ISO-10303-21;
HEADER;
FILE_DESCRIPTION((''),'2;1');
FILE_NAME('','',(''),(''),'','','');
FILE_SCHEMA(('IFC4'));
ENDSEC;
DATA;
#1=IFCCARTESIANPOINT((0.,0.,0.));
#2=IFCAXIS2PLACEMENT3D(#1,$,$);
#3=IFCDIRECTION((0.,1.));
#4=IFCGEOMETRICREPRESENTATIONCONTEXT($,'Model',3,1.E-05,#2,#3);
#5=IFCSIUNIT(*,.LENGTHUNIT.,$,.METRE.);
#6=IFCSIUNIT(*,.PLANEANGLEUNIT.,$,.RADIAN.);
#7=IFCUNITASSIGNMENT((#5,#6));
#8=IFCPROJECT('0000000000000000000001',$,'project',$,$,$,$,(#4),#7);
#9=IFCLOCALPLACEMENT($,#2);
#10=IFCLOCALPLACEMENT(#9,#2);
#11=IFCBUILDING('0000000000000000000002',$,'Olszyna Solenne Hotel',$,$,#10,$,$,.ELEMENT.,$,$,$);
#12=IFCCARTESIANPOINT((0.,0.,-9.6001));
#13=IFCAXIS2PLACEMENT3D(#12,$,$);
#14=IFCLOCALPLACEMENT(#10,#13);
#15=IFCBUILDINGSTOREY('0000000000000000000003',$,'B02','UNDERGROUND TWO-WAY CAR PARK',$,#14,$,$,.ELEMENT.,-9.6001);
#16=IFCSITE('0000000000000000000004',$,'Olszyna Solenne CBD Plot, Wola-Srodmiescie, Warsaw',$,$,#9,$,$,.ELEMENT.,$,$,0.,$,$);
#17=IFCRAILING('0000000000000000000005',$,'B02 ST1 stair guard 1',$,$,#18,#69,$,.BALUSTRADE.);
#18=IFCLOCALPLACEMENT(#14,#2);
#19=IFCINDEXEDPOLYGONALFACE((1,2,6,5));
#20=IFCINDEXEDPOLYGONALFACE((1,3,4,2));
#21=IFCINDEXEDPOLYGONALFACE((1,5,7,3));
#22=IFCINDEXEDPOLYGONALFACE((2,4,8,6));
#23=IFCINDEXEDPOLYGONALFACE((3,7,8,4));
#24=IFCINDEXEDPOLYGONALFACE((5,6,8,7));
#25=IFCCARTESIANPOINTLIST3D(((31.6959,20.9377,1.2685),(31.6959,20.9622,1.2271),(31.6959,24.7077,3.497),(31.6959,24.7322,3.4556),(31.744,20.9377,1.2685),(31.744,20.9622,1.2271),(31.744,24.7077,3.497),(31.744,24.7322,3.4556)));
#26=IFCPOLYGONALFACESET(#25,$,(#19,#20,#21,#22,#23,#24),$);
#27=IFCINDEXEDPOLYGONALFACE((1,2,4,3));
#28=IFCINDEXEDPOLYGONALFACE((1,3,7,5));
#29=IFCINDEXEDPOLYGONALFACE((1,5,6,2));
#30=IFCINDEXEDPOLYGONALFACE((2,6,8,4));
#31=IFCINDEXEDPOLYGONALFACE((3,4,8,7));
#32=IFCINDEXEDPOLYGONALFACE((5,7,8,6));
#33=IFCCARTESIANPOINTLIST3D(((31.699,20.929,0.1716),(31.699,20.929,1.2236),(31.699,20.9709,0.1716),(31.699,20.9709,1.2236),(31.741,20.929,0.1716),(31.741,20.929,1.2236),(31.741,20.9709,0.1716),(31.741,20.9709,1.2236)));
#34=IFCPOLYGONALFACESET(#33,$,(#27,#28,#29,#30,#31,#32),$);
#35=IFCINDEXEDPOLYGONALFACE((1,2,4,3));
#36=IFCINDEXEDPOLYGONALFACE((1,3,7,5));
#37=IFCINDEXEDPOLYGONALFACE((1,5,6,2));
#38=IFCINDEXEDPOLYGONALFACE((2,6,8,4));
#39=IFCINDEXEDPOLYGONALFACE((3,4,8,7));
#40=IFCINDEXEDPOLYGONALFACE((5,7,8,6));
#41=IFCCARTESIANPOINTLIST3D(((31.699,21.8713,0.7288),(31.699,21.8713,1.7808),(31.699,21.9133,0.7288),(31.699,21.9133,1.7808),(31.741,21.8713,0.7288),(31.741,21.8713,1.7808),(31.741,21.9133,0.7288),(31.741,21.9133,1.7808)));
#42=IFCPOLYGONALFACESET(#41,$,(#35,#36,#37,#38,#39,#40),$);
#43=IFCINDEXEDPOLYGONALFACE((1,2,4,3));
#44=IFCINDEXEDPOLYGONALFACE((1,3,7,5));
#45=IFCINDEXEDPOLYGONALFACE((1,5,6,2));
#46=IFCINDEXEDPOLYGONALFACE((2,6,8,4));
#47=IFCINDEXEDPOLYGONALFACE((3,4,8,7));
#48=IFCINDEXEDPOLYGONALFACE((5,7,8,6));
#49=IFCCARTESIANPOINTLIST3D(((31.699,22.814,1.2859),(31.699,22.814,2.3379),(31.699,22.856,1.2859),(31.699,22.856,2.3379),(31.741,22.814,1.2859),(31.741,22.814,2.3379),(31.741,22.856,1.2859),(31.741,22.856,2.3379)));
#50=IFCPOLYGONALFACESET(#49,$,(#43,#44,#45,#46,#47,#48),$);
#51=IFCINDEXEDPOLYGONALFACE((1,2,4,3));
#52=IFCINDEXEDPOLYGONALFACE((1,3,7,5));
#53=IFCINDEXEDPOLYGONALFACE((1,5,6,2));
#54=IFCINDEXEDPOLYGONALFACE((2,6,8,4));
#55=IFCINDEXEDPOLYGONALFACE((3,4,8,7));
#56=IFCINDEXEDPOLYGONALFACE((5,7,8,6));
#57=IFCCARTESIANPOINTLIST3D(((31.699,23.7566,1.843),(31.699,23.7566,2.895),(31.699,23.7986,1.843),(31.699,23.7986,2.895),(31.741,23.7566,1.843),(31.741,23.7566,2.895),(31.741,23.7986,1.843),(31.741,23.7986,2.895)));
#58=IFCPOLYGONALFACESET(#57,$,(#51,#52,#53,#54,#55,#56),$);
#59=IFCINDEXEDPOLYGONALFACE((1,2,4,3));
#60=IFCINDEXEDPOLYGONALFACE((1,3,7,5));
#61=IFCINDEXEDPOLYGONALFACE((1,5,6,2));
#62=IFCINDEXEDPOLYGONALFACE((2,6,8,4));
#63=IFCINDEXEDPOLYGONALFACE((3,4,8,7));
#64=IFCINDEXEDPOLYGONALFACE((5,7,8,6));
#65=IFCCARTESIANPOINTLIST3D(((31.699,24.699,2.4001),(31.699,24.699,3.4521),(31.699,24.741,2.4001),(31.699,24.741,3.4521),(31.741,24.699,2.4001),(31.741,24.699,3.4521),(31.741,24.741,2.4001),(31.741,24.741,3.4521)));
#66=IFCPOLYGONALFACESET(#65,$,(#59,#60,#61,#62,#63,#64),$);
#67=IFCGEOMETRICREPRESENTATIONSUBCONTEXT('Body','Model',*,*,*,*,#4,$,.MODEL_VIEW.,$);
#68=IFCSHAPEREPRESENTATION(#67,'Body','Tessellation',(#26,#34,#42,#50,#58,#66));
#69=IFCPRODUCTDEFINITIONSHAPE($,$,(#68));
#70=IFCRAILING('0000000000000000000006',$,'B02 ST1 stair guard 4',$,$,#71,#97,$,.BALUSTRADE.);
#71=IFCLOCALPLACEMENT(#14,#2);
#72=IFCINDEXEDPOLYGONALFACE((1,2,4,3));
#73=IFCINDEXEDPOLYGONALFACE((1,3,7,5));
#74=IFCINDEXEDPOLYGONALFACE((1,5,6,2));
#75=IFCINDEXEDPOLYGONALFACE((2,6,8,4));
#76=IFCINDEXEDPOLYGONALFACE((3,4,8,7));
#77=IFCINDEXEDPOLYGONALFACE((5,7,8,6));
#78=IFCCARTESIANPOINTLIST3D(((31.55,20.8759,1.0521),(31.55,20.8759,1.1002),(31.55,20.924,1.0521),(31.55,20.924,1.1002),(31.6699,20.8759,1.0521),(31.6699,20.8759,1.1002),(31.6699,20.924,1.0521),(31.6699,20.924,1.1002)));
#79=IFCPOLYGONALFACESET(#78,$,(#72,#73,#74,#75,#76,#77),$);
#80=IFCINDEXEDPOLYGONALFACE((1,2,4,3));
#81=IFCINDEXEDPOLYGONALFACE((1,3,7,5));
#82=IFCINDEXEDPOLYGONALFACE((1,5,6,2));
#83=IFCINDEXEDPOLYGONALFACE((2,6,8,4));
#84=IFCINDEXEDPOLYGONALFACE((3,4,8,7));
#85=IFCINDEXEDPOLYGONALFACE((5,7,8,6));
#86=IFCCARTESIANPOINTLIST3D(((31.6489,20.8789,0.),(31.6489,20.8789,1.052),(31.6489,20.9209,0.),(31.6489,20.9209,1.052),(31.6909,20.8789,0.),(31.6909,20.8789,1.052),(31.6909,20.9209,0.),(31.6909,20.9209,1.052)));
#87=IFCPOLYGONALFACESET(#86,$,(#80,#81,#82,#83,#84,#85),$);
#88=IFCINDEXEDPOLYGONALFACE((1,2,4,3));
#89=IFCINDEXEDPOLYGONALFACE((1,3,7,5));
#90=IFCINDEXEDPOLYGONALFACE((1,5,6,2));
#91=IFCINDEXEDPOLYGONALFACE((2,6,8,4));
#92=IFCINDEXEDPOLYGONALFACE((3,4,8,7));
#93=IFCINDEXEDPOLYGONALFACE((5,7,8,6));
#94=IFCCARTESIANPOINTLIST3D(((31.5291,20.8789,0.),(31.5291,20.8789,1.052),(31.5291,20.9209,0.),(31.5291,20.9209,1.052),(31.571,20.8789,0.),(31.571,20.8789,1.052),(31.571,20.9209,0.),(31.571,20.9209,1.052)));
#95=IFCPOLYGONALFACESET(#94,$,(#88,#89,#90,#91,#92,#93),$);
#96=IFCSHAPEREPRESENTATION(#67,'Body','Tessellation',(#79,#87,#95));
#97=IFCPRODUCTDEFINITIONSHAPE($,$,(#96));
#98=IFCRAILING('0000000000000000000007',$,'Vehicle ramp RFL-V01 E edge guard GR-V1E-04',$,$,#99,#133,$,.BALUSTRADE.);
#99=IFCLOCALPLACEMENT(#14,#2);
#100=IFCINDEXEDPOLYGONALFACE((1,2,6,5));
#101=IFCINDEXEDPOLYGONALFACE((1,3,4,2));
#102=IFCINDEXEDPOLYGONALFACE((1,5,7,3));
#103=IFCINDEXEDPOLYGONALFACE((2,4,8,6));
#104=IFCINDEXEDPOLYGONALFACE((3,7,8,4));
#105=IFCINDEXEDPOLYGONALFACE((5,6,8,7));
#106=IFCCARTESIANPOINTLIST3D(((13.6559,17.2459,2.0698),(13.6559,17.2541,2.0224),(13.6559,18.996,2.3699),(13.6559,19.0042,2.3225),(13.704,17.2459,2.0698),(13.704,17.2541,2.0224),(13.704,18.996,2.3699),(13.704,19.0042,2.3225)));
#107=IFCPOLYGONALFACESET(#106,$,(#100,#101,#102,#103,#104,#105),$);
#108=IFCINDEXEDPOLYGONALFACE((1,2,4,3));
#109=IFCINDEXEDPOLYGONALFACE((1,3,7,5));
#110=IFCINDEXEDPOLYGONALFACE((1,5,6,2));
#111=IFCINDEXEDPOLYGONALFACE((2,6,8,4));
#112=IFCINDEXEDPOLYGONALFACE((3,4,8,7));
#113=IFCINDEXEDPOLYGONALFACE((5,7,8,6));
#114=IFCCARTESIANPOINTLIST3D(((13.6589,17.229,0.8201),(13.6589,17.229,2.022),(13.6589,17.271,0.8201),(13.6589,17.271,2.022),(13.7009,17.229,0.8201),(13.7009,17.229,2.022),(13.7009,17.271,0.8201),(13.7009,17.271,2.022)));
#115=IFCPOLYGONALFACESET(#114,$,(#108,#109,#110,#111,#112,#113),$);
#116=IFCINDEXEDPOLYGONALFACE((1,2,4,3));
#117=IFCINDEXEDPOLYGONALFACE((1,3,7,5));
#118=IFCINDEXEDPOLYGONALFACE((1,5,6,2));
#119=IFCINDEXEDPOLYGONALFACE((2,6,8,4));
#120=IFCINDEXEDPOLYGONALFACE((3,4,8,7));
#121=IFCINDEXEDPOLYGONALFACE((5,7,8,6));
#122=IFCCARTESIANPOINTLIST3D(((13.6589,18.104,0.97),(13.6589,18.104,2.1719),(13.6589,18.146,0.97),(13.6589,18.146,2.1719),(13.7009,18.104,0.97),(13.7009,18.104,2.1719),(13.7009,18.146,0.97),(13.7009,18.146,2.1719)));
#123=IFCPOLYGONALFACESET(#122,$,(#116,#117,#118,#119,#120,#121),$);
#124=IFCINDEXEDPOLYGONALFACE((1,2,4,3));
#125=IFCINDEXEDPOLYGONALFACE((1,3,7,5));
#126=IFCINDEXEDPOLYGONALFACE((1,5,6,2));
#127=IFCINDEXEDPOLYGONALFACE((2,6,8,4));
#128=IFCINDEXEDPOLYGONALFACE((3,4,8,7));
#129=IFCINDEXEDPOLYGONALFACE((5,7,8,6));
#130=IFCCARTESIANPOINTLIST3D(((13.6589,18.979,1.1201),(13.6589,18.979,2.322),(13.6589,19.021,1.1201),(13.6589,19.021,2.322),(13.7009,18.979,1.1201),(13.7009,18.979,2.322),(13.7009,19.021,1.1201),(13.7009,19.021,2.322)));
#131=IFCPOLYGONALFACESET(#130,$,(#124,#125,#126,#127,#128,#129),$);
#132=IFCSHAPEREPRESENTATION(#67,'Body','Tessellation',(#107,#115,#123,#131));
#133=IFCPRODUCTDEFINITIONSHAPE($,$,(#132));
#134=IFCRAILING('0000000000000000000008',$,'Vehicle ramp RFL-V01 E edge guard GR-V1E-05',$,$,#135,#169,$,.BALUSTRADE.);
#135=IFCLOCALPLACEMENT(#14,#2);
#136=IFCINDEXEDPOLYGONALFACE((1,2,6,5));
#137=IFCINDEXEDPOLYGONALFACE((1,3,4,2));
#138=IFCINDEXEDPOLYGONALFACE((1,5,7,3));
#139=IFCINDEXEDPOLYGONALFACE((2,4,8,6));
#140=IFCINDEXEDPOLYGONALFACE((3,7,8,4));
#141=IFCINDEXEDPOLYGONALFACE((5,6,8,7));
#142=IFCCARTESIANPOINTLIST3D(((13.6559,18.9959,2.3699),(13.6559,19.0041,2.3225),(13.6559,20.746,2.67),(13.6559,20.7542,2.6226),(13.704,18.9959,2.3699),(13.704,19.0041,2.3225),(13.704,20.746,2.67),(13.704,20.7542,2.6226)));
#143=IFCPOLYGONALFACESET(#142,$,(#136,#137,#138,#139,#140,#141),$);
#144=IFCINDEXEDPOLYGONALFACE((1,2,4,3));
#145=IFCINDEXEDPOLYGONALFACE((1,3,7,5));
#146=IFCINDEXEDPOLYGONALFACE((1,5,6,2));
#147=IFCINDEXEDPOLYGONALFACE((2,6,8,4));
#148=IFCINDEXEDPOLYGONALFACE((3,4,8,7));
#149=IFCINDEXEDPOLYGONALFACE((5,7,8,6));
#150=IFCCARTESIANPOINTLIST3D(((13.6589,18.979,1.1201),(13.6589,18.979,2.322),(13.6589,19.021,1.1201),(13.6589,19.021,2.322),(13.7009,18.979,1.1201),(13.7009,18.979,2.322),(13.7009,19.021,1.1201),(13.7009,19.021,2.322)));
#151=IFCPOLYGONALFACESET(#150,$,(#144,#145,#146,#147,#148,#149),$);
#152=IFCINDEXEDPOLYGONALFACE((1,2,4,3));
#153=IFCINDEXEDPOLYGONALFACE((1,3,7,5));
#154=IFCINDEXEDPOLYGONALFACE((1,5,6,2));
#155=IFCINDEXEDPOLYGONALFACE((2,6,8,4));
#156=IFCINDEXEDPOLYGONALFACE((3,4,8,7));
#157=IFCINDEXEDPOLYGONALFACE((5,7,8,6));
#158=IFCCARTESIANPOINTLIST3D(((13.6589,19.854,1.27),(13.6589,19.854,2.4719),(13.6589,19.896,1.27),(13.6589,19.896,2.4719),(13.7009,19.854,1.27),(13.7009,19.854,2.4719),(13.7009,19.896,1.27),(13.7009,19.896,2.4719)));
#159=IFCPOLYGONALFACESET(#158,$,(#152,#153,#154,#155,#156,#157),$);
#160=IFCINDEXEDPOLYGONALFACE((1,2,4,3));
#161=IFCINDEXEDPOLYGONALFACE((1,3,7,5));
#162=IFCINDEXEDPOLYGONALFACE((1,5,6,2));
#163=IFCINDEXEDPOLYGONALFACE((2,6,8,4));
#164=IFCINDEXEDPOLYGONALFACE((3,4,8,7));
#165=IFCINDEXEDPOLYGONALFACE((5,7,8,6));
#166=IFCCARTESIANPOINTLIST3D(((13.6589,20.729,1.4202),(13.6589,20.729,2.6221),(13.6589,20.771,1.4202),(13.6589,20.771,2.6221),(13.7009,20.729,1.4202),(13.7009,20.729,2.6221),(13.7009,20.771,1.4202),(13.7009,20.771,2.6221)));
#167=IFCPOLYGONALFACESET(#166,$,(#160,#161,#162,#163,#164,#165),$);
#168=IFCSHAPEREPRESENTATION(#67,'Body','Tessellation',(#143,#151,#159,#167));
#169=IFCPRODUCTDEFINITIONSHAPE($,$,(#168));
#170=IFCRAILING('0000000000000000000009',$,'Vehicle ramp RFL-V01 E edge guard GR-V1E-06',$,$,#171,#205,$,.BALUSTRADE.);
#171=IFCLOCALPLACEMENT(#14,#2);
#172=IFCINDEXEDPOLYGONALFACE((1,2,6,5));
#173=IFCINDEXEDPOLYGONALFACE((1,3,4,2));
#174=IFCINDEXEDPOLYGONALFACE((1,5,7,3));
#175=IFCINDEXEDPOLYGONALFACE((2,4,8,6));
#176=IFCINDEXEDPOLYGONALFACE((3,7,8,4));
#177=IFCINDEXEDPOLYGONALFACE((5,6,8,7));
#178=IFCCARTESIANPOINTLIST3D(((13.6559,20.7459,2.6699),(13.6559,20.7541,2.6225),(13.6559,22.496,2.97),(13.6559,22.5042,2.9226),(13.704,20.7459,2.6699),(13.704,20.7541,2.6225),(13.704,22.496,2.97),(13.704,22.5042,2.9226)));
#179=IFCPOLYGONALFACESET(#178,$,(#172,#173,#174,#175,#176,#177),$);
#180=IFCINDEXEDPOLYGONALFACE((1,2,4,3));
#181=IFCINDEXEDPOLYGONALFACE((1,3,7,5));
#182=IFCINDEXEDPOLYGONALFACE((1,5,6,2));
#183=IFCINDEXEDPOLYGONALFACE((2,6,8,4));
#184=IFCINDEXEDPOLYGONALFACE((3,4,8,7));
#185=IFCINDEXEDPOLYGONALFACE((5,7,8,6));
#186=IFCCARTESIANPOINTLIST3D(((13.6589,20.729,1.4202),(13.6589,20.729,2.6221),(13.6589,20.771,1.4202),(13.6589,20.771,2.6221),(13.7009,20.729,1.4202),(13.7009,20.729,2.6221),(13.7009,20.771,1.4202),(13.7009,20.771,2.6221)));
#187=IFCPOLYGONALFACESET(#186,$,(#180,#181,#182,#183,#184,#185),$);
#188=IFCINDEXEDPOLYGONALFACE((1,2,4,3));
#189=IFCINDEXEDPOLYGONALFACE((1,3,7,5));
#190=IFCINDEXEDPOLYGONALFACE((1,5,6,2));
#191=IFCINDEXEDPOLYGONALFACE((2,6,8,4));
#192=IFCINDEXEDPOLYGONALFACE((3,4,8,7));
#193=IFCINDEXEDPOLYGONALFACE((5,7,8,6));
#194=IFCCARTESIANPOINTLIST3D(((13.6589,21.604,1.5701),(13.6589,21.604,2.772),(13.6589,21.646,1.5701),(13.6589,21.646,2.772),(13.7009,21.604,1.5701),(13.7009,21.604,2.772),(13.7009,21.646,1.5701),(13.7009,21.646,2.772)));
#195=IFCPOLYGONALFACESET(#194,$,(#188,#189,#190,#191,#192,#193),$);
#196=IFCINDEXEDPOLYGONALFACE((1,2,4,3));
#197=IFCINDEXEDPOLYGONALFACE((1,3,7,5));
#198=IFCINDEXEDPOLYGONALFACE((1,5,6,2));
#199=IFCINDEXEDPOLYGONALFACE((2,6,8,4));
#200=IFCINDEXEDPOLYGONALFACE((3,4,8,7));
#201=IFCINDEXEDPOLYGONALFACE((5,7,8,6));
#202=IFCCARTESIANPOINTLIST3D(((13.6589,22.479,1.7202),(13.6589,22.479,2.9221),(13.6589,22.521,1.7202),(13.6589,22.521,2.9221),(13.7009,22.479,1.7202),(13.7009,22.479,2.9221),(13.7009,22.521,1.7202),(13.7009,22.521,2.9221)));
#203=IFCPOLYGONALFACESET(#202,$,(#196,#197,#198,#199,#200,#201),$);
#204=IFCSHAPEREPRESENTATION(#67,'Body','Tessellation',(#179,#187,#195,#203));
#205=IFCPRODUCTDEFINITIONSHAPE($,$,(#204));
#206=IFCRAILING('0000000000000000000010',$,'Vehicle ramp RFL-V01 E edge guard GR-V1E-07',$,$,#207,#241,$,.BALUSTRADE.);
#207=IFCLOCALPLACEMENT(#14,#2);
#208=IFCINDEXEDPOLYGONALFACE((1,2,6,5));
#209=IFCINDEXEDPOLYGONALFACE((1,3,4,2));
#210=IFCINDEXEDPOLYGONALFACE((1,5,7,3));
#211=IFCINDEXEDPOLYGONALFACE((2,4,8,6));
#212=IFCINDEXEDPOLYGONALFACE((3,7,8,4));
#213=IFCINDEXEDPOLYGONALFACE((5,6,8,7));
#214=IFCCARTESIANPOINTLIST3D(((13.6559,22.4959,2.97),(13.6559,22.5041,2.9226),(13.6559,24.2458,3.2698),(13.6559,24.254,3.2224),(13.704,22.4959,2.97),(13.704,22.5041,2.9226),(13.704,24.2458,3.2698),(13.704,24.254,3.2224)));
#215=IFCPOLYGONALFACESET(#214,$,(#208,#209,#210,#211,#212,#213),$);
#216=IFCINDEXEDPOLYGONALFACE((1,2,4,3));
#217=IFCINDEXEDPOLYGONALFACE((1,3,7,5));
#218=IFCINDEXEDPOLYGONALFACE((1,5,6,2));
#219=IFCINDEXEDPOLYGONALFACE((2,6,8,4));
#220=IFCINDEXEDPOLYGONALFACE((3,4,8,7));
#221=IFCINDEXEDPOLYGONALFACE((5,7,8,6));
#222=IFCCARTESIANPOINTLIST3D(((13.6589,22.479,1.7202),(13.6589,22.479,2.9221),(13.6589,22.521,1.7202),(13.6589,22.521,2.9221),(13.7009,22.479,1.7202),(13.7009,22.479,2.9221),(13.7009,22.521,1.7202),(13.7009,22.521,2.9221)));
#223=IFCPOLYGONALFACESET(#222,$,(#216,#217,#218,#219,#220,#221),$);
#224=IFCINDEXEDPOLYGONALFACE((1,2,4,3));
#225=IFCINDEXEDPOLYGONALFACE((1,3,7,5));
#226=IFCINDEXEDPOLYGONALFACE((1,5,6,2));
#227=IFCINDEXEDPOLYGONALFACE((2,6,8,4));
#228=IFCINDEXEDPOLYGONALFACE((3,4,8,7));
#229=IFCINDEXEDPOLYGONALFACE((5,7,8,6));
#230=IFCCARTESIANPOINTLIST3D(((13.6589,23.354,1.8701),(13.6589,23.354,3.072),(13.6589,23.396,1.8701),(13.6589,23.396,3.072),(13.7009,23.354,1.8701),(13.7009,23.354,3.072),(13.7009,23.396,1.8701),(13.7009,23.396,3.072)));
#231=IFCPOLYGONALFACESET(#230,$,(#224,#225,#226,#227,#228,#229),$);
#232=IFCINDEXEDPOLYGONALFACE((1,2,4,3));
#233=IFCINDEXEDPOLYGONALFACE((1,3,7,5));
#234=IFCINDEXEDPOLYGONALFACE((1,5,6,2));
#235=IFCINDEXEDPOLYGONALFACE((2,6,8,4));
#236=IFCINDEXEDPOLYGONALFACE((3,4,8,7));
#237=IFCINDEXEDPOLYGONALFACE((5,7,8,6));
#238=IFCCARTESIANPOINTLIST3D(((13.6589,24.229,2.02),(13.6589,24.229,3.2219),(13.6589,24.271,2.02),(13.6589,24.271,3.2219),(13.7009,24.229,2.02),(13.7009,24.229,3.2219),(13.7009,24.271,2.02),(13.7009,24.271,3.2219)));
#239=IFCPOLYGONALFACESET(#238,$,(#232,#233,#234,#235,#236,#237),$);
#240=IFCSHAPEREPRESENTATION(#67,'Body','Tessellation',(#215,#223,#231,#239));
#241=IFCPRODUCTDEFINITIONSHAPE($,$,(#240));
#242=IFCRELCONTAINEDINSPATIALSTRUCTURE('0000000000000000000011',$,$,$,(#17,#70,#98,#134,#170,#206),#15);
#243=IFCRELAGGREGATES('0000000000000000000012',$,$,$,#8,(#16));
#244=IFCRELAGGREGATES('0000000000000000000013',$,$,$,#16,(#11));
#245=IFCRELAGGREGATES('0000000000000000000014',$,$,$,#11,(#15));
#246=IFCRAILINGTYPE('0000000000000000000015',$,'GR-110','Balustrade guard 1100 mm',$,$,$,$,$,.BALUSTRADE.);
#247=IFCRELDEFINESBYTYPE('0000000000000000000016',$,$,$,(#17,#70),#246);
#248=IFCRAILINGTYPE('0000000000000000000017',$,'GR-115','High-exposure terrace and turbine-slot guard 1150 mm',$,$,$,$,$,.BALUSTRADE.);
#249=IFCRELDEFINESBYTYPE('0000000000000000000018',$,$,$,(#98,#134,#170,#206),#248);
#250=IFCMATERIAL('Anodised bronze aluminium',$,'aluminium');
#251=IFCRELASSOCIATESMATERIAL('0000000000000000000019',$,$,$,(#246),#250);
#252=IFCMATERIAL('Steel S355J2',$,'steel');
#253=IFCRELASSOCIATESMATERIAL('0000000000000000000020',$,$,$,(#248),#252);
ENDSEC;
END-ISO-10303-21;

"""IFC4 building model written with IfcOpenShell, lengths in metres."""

from ifc_helpers import new_model, si_unit, direction, frame, origin, origin_2d, place, context, subcontext, project, spatial, rectangle, extrude, material, type_object, element, save


model = new_model("IFC4")

# Units and contexts
model_context = context("Model", 3, precision=1e-05, world=origin(), true_north=direction((0.0, 1.0)))
body_context = subcontext(model_context, "Body", "Model", "MODEL_VIEW")
ifc_project = project(units=[si_unit("LENGTHUNIT", "METRE"), si_unit("PLANEANGLEUNIT", "RADIAN")], contexts=[model_context])

# Site, building, storey
site_placement = place(None, origin())
site = spatial("IfcSite", under=ifc_project, at=site_placement, Name="Olszyna Solenne CBD Plot, Wola-Srodmiescie, Warsaw", CompositionType="ELEMENT", RefElevation=0.0)
building_placement = place(site_placement, origin())
building = spatial("IfcBuilding", under=site, at=building_placement, Name="Olszyna Solenne Hotel", CompositionType="ELEMENT")
storey_placement = place(building_placement, frame((0.0, 0.0, -9.6001)))
storey = spatial("IfcBuildingStorey", under=building, at=storey_placement, Name="B02", Description="UNDERGROUND TWO-WAY CAR PARK", CompositionType="ELEMENT", Elevation=-9.6001)

# Shared definitions
ifc_material_1 = material(Name="Steel S355J2", Category="steel")

# Railings
ifc_material_2 = material(Name="Anodised bronze aluminium", Category="aluminium")
railing_type_1 = type_object("IfcRailingType", Name="GR-110", Description="Balustrade guard 1100 mm", PredefinedType="BALUSTRADE", material=ifc_material_2)
railing_1_placement = place(storey_placement, frame((31.72, 20.95, 0.1716)))
element("IfcRailing", 1, at=railing_1_placement, inside=storey, type_object=railing_type_1, Name="B02 ST1 stair guard 1", PredefinedType="BALUSTRADE", context=body_context, shape_type="SweptSolid", body=[
    extrude(rectangle(XDim=0.0481, YDim=0.0481, at=origin_2d()), frame((0.0, 0.0, 1.0762), z_axis=(0.0, 0.860849, 0.508861), x_axis=(-1.0, 0.0, 0.0)), (0.0, 0.0, 1.0), 4.3794),
    extrude(rectangle(XDim=0.042, YDim=0.042, at=origin_2d()), origin(), (0.0, 0.0, 1.0), 1.052),
    extrude(rectangle(XDim=0.042, YDim=0.042, at=origin_2d()), frame((0.0, 0.9424, 0.5571)), (0.0, 0.0, 1.0), 1.052),
    extrude(rectangle(XDim=0.042, YDim=0.042, at=origin_2d()), frame((0.0, 1.885, 1.1143)), (0.0, 0.0, 1.0), 1.052),
    extrude(rectangle(XDim=0.042, YDim=0.042, at=origin_2d()), frame((0.0, 2.8276, 1.6714)), (0.0, 0.0, 1.0), 1.052),
    extrude(rectangle(XDim=0.042, YDim=0.042, at=origin_2d()), frame((0.0, 3.77, 2.2285)), (0.0, 0.0, 1.0), 1.052),
])
railing_2_placement = place(storey_placement, frame((31.6699, 20.8999, 0.0)))
element("IfcRailing", 2, at=railing_2_placement, inside=storey, type_object=railing_type_1, Name="B02 ST1 stair guard 4", PredefinedType="BALUSTRADE", context=body_context, shape_type="SweptSolid", body=[
    extrude(rectangle(XDim=0.0481, YDim=0.0481, at=origin_2d()), frame((0.0, 0.0, 1.0762), z_axis=(-1.0, 0.0, 0.0), x_axis=(0.0, -1.0, 0.0)), (0.0, 0.0, 1.0), 0.1199),
    extrude(rectangle(XDim=0.042, YDim=0.042, at=origin_2d()), origin(), (0.0, 0.0, 1.0), 1.052),
    extrude(rectangle(XDim=0.042, YDim=0.042, at=origin_2d()), frame((-0.1199, 0.0, 0.0)), (0.0, 0.0, 1.0), 1.052),
])
railing_type_2 = type_object("IfcRailingType", Name="GR-115", Description="High-exposure terrace and turbine-slot guard 1150 mm", PredefinedType="BALUSTRADE", material=ifc_material_1)
for number, where, name in (
    (3, (13.6799, 17.25, 0.8201), "Vehicle ramp RFL-V01 E edge guard GR-V1E-04"),
    (4, (13.6799, 19.0, 1.1201), "Vehicle ramp RFL-V01 E edge guard GR-V1E-05"),
    (5, (13.6799, 20.75, 1.4202), "Vehicle ramp RFL-V01 E edge guard GR-V1E-06"),
):
    element("IfcRailing", number, at=place(storey_placement, frame(where)), inside=storey, type_object=railing_type_2, Name=name, PredefinedType="BALUSTRADE", context=body_context, shape_type="SweptSolid", body=[
        extrude(rectangle(XDim=0.0481, YDim=0.0481, at=origin_2d()), frame((0.0, 0.0, 1.2261), z_axis=(0.0, 0.985618, 0.168991), x_axis=(-1.0, 0.0, 0.0)), (0.0, 0.0, 1.0), 1.7756),
        extrude(rectangle(XDim=0.042, YDim=0.042, at=origin_2d()), origin(), (0.0, 0.0, 1.0), 1.2019),
        extrude(rectangle(XDim=0.042, YDim=0.042, at=origin_2d()), frame((0.0, 0.875, 0.1499)), (0.0, 0.0, 1.0), 1.2019),
        extrude(rectangle(XDim=0.042, YDim=0.042, at=origin_2d()), frame((0.0, 1.75, 0.3)), (0.0, 0.0, 1.0), 1.2019),
    ])
railing_3_placement = place(storey_placement, frame((13.6799, 22.5, 1.7202)))
element("IfcRailing", 6, at=railing_3_placement, inside=storey, type_object=railing_type_2, Name="Vehicle ramp RFL-V01 E edge guard GR-V1E-07", PredefinedType="BALUSTRADE", context=body_context, shape_type="SweptSolid", body=[
    extrude(rectangle(XDim=0.0481, YDim=0.0481, at=origin_2d()), frame((0.0, 0.0, 1.2261), z_axis=(0.0, 0.985641, 0.168857), x_axis=(-1.0, 0.0, 0.0)), (0.0, 0.0, 1.0), 1.7754),
    extrude(rectangle(XDim=0.042, YDim=0.042, at=origin_2d()), origin(), (0.0, 0.0, 1.0), 1.2019),
    extrude(rectangle(XDim=0.042, YDim=0.042, at=origin_2d()), frame((0.0, 0.875, 0.1499)), (0.0, 0.0, 1.0), 1.2019),
    extrude(rectangle(XDim=0.042, YDim=0.042, at=origin_2d()), frame((0.0, 1.75, 0.2998)), (0.0, 0.0, 1.0), 1.2019),
])

save(model, "model.ifc")
